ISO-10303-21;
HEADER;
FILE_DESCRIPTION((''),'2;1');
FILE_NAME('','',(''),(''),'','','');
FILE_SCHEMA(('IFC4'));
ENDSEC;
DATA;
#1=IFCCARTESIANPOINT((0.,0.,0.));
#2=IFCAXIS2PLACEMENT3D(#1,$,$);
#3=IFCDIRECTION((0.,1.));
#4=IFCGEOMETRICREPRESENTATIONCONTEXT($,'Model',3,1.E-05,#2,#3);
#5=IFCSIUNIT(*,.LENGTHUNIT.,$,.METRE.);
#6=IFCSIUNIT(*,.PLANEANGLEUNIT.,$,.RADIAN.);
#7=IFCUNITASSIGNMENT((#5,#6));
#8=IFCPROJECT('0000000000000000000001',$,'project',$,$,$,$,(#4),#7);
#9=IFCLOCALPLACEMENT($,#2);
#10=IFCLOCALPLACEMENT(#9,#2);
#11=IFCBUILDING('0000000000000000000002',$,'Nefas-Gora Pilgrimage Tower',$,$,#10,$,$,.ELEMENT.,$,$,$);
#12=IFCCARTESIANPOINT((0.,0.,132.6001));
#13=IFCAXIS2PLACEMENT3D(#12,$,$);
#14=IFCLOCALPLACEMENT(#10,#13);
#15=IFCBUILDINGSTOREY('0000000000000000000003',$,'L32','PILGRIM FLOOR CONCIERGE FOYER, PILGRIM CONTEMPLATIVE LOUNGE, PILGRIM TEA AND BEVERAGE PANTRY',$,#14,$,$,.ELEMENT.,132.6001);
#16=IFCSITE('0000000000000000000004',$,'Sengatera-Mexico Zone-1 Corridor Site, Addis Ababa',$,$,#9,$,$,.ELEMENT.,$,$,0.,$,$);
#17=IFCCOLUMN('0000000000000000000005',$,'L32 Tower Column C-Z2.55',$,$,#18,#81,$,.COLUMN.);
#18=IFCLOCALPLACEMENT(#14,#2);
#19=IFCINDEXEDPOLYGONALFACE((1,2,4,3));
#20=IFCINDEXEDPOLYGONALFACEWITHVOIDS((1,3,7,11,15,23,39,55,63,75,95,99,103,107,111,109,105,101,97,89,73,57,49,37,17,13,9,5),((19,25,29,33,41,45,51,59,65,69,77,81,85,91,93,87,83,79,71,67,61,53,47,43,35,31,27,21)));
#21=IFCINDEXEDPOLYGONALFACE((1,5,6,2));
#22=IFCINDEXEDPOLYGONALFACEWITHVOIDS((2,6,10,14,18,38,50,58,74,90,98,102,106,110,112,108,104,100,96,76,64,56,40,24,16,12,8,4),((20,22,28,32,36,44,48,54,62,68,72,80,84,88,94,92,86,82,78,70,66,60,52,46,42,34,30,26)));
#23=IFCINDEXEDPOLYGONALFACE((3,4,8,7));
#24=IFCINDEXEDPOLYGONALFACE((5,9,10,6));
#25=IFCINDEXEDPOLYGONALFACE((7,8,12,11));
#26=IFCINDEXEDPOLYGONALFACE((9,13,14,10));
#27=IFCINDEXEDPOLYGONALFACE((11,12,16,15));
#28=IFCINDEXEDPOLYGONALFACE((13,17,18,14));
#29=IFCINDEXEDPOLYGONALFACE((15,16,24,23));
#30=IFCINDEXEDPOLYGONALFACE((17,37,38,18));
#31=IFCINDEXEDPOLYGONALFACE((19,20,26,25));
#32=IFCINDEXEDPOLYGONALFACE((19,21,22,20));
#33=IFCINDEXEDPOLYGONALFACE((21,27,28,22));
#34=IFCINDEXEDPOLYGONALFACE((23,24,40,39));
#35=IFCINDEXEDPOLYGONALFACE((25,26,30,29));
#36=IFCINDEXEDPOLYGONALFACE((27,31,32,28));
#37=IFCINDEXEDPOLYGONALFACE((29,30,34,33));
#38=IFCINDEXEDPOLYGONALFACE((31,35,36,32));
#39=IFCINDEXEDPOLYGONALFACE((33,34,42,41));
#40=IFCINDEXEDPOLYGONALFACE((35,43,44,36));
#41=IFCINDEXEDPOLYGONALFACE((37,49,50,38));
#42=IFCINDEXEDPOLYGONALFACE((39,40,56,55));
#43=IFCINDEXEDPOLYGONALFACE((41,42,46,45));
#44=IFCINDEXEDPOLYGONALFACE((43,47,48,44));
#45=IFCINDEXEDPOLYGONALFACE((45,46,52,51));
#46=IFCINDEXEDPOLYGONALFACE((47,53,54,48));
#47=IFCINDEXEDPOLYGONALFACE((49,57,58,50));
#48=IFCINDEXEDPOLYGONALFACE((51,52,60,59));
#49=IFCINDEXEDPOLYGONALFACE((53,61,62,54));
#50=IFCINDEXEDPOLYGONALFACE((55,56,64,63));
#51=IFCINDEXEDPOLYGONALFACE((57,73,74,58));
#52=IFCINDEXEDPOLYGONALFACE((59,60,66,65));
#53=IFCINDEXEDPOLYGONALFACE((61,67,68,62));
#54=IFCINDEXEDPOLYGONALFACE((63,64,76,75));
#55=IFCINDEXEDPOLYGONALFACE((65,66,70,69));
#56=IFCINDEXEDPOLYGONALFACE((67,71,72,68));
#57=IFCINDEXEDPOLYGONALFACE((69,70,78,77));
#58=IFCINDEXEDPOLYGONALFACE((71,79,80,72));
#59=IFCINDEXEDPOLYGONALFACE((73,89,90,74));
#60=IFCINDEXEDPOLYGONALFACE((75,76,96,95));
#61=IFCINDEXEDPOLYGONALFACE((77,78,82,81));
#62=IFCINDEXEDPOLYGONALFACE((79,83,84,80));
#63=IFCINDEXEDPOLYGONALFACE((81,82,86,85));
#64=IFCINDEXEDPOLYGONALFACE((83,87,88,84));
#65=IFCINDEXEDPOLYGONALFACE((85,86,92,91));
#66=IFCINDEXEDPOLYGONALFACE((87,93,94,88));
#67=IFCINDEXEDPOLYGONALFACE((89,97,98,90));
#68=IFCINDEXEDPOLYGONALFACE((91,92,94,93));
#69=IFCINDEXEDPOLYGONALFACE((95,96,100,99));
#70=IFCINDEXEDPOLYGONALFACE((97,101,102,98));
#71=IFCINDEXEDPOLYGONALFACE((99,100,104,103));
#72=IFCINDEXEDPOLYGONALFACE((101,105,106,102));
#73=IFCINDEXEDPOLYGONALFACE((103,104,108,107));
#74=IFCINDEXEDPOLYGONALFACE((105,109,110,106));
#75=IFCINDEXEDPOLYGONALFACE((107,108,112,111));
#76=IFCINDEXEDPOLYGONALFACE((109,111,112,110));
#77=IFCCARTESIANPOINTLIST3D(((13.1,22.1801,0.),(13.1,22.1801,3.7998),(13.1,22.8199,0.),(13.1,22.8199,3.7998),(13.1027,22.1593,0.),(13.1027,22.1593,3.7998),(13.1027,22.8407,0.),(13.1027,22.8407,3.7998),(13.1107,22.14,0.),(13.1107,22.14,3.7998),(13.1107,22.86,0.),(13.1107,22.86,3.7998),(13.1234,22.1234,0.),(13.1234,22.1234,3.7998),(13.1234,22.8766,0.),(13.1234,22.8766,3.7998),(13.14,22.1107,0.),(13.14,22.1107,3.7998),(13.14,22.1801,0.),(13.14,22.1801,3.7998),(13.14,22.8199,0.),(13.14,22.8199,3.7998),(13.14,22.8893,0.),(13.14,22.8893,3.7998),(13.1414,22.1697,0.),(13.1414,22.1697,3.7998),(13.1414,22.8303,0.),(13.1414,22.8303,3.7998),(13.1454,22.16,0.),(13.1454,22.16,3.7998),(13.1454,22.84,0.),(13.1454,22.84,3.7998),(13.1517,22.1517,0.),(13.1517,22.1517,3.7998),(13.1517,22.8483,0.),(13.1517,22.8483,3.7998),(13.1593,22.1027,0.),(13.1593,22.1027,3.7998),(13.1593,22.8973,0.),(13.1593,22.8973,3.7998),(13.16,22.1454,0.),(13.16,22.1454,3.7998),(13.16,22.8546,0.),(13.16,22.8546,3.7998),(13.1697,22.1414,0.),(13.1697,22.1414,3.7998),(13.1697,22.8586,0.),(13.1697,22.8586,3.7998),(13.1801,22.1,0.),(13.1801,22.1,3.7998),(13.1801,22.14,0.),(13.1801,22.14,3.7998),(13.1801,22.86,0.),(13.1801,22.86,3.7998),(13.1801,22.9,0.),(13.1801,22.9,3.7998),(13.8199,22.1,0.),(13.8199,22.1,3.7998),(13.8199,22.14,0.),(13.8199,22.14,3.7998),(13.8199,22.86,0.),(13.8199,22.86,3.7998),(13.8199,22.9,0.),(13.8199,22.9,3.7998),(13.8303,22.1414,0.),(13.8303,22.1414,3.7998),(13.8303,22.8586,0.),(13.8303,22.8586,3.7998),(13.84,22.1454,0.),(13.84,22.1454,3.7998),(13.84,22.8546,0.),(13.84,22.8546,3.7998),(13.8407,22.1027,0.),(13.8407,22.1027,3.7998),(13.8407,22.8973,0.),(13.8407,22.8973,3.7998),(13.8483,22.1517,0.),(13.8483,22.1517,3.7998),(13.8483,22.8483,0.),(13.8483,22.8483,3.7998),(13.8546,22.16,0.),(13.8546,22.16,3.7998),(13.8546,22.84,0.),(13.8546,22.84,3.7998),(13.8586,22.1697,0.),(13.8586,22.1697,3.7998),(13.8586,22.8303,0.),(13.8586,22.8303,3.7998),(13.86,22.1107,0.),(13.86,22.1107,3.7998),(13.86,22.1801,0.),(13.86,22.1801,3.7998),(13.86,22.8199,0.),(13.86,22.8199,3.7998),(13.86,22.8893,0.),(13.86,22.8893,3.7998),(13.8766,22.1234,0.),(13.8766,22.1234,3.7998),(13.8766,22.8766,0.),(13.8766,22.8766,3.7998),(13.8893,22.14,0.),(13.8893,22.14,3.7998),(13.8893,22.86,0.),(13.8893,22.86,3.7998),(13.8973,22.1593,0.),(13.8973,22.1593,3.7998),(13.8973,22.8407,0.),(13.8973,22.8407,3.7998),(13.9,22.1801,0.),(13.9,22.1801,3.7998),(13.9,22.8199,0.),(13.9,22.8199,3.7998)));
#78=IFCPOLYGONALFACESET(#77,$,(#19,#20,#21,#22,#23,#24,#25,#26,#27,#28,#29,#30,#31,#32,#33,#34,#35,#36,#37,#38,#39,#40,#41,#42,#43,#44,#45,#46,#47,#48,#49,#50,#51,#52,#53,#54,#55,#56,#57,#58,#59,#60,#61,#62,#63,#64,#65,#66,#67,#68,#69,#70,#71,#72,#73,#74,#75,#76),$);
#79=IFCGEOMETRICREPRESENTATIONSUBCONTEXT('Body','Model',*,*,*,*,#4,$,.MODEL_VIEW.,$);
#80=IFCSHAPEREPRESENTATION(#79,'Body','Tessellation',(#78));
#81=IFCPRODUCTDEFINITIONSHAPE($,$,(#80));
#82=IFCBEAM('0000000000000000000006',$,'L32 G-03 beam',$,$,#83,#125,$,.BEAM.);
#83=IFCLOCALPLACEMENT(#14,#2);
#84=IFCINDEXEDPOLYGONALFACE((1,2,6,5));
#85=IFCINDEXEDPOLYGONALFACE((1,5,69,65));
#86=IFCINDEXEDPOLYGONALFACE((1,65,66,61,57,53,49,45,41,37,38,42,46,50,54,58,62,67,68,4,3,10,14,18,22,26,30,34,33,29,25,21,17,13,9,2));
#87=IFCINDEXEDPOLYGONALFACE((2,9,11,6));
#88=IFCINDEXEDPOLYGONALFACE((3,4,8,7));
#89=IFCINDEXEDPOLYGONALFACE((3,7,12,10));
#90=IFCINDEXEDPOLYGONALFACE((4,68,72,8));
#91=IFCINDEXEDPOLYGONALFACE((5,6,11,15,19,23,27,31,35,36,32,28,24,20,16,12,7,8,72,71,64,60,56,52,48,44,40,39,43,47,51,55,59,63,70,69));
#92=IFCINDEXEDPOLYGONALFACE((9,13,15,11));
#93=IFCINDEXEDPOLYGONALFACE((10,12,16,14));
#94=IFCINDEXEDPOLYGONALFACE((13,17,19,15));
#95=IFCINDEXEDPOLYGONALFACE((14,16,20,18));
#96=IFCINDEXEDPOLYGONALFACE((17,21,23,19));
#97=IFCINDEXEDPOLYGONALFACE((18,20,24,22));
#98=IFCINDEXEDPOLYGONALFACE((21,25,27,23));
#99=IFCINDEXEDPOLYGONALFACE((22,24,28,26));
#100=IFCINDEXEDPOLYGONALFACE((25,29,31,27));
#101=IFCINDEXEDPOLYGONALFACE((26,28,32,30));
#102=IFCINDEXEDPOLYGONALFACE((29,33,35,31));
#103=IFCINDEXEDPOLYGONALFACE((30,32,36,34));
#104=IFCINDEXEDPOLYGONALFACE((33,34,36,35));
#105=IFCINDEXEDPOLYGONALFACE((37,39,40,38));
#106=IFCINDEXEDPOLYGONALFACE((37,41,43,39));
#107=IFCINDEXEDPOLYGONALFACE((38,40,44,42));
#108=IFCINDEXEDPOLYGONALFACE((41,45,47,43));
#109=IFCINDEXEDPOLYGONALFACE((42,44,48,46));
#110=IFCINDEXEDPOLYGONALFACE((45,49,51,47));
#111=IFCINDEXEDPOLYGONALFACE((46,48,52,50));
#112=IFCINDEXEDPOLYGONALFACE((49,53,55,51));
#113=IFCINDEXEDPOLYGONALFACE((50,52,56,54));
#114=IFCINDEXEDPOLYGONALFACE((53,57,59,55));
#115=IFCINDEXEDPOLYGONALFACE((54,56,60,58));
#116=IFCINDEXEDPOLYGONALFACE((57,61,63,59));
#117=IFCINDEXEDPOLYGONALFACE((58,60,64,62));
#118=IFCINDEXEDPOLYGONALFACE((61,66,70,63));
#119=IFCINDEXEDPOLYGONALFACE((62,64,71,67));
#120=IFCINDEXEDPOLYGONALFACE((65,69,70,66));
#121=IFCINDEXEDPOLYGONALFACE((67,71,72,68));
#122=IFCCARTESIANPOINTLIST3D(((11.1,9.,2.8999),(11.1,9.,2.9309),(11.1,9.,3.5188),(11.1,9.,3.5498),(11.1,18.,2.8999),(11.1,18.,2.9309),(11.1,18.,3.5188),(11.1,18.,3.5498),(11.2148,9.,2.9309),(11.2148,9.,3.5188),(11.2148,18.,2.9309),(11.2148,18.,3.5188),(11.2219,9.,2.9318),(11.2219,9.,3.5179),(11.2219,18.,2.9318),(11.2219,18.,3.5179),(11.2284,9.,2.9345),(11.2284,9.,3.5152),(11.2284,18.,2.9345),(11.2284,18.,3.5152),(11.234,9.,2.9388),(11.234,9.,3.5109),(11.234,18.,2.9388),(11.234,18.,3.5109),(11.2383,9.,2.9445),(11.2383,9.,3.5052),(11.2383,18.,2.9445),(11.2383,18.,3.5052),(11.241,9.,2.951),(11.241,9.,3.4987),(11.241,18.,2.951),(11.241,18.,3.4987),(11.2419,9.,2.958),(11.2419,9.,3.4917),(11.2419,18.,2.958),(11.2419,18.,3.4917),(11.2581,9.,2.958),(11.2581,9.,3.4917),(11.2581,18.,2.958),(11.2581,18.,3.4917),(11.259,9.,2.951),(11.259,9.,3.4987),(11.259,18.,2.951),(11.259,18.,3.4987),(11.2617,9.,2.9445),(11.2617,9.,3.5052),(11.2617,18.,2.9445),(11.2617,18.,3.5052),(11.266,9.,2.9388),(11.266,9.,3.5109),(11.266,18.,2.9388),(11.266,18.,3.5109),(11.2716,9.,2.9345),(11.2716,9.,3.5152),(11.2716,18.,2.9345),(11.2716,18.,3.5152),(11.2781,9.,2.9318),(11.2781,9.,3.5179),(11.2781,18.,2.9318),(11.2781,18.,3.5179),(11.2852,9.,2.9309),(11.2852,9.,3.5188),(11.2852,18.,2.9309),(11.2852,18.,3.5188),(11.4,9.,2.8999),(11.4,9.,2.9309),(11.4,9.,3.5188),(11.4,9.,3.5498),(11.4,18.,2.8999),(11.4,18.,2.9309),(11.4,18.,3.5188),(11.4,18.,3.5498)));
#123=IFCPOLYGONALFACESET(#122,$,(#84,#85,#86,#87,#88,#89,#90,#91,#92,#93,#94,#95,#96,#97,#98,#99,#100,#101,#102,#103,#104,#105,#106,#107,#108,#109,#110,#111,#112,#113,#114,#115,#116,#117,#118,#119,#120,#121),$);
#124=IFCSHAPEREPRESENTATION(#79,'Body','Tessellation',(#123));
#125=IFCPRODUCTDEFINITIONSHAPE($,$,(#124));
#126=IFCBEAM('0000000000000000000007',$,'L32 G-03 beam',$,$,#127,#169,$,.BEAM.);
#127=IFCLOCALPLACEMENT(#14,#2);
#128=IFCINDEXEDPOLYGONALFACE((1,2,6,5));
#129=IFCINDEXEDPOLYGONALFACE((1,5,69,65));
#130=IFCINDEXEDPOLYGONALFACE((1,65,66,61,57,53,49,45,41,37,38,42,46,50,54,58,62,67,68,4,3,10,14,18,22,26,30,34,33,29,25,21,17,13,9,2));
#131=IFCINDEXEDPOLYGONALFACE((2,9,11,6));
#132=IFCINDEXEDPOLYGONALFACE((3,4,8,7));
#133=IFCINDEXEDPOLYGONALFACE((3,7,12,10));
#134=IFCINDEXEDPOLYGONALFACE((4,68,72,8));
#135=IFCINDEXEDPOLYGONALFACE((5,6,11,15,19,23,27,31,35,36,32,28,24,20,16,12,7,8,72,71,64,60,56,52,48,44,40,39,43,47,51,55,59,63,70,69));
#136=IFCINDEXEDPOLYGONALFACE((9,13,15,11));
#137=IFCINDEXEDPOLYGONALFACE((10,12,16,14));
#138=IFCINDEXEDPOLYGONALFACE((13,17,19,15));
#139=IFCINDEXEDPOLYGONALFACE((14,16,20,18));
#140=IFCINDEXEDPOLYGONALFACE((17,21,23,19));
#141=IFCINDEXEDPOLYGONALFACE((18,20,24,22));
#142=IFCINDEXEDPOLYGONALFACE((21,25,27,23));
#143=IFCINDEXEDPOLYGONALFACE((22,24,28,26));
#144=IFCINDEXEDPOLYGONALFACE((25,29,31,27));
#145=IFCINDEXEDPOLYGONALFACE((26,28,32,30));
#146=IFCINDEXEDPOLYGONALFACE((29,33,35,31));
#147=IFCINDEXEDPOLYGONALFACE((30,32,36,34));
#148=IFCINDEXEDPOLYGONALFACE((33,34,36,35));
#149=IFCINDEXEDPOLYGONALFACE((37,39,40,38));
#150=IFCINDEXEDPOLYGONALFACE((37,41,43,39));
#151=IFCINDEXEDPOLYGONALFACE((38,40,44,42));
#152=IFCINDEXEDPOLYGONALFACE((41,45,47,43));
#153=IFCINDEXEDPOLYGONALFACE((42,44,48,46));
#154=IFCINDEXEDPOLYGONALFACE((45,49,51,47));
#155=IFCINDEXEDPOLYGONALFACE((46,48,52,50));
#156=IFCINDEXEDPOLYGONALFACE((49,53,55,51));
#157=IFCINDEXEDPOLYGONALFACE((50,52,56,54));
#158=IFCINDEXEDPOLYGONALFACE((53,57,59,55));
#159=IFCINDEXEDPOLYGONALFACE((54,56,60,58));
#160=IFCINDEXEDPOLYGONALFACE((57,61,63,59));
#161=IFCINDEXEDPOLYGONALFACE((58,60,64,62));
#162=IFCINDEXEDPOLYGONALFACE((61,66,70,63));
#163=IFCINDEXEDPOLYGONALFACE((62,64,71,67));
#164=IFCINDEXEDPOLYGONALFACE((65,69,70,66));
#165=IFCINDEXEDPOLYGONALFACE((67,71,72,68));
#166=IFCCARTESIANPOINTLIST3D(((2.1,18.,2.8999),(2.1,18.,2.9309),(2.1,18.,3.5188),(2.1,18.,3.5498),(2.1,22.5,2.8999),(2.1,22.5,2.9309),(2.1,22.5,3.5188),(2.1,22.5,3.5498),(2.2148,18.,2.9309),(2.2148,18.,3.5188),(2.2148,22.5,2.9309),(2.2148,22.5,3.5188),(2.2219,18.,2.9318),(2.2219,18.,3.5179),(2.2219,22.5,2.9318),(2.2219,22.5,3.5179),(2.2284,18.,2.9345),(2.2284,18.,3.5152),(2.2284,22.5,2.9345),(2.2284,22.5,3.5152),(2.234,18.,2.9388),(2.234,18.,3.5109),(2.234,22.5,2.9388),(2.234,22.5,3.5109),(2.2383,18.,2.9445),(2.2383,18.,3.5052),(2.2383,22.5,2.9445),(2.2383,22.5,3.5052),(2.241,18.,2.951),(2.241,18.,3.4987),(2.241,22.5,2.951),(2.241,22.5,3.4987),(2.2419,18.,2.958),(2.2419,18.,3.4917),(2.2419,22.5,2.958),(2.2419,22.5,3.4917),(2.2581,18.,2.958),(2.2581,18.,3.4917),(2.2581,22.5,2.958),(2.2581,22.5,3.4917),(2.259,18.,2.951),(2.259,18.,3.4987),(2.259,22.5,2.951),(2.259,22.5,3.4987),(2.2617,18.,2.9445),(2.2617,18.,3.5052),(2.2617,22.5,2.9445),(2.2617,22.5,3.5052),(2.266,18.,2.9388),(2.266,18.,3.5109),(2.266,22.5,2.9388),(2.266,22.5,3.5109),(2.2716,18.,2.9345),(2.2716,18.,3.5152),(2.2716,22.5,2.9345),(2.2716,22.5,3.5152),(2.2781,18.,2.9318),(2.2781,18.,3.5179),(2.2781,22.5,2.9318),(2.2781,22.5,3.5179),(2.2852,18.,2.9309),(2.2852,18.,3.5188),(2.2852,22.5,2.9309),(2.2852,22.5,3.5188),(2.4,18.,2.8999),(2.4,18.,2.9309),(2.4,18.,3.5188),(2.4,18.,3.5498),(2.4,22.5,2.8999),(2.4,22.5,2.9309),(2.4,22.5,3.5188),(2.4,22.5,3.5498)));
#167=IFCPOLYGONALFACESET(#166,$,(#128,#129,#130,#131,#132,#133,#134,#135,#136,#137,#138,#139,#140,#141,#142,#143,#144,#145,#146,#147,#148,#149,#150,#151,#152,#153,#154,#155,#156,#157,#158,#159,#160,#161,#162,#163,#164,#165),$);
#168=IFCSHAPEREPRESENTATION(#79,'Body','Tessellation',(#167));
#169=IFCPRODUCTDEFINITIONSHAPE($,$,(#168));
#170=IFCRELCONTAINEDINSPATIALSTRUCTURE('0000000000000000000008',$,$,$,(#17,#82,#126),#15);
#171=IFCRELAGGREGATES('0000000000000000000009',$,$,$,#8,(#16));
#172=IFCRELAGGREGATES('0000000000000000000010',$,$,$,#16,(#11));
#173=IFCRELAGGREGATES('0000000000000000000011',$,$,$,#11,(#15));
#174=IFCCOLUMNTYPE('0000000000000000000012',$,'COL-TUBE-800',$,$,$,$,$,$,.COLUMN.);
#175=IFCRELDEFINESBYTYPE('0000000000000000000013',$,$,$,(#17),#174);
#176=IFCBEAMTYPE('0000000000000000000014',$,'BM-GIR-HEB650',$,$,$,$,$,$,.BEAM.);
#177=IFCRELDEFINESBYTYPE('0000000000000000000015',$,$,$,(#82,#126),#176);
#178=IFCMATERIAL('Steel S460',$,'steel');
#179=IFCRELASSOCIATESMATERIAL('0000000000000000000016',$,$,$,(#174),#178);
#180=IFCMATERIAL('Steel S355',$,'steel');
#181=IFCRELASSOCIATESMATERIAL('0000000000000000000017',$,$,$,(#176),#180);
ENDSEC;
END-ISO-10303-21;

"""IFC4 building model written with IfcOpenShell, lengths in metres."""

from ifc_helpers import new_model, si_unit, direction, frame, origin, origin_2d, place, context, subcontext, project, spatial, hollow_rectangle, i_section, extrude, source, transform, mapped, material, material_profile, profile_set, type_object, element, save


model = new_model("IFC4")

# Units and contexts
model_context = context("Model", 3, precision=1e-05, world=origin(), true_north=direction((0.0, 1.0)))
body_context = subcontext(model_context, "Body", "Model", "MODEL_VIEW")
ifc_project = project(units=[si_unit("LENGTHUNIT", "METRE"), si_unit("PLANEANGLEUNIT", "RADIAN")], contexts=[model_context])

# Site, building, storey
site_placement = place(None, origin())
site = spatial("IfcSite", under=ifc_project, at=site_placement, Name="Sengatera-Mexico Zone-1 Corridor Site, Addis Ababa", CompositionType="ELEMENT", RefElevation=0.0)
building_placement = place(site_placement, origin())
building = spatial("IfcBuilding", under=site, at=building_placement, Name="Nefas-Gora Pilgrimage Tower", CompositionType="ELEMENT")
storey_placement = place(building_placement, frame((0.0, 0.0, 132.6001)))
storey = spatial("IfcBuildingStorey", under=building, at=storey_placement, Name="L32", Description="PILGRIM FLOOR CONCIERGE FOYER, PILGRIM CONTEMPLATIVE LOUNGE, PILGRIM TEA AND BEVERAGE PANTRY", CompositionType="ELEMENT", Elevation=132.6001)

# Column
ifc_material_1 = material(Name="Steel S460", Category="steel")
ifc_material_profile_1 = material_profile(ifc_material_1, hollow_rectangle(XDim=0.8, YDim=0.8, WallThickness=0.04, InnerFilletRadius=0.04, OuterFilletRadius=0.0801, at=origin_2d()), Name="BOX 800x800x40")
ifc_profile_set_1 = profile_set([ifc_material_profile_1], Name="Steel S460")
column_type_1 = type_object("IfcColumnType", Name="COL-TUBE-800", PredefinedType="COLUMN", material=ifc_profile_set_1)
shared_shape_1 = source(origin(), body_context, "Body", "SweptSolid", [
    extrude(hollow_rectangle(XDim=0.8, YDim=0.8, WallThickness=0.04, InnerFilletRadius=0.04, OuterFilletRadius=0.0801, at=origin_2d()), origin(), (0.0, 0.0, 1.0), 3.7998),
])
for number, where, z_axis, x_axis, name in (
    (1, (13.5, 22.5, 0.0), (0.0, 0.0, 1.0), (1.0, 0.0, 0.0), "L32 Tower Column C-Z2.55"),
):
    element("IfcColumn", number, at=place(storey_placement, frame(where, z_axis=z_axis, x_axis=x_axis)), inside=storey, type_object=column_type_1, Name=name, PredefinedType="COLUMN", context=body_context, shape_type="MappedRepresentation", body=[
        mapped(shared_shape_1, transform((0.0, 0.0, 0.0), x_axis=(1.0, 0.0, 0.0), y_axis=(0.0, 1.0, 0.0), z_axis=(0.0, 0.0, 1.0), scale=1.0)),
    ])

# Beams
ifc_material_2 = material(Name="Steel S355", Category="steel")
ifc_material_profile_2 = material_profile(ifc_material_2, i_section(OverallWidth=0.3, OverallDepth=0.6499, WebThickness=0.0161, FlangeThickness=0.031, FilletRadius=0.0271, at=origin_2d()), Name="HEB 650")
ifc_profile_set_2 = profile_set([ifc_material_profile_2], Name="Steel S355")
beam_type_1 = type_object("IfcBeamType", Name="BM-GIR-HEB650", PredefinedType="BEAM", material=ifc_profile_set_2)
shared_shape_2 = source(origin(), body_context, "Body", "SweptSolid", [
    extrude(i_section(OverallWidth=0.3, OverallDepth=0.6499, WebThickness=0.0161, FlangeThickness=0.031, FilletRadius=0.0271, at=origin_2d()), origin(), (0.0, 0.0, 1.0), 9.0),
])
beam_1_placement = place(storey_placement, frame((11.25, 9.0, 3.2249), z_axis=(0.0, 1.0, 0.0), x_axis=(-1.0, 0.0, 0.0)))
element("IfcBeam", 2, at=beam_1_placement, inside=storey, type_object=beam_type_1, Name="L32 G-03 beam", PredefinedType="BEAM", context=body_context, shape_type="MappedRepresentation", body=[
    mapped(shared_shape_2, transform((0.0, 0.0, 0.0), x_axis=(1.0, 0.0, 0.0), y_axis=(0.0, 1.0, 0.0), z_axis=(0.0, 0.0, 1.0), scale=1.0)),
])
shared_shape_3 = source(origin(), body_context, "Body", "SweptSolid", [
    extrude(i_section(OverallWidth=0.3, OverallDepth=0.6499, WebThickness=0.0161, FlangeThickness=0.031, FilletRadius=0.0271, at=origin_2d()), origin(), (0.0, 0.0, 1.0), 4.5),
])
for number, where, z_axis, x_axis, name in (
    (3, (2.25, 18.0, 3.2249), (0.0, 1.0, 0.0), (-1.0, 0.0, 0.0), "L32 G-03 beam"),
):
    element("IfcBeam", number, at=place(storey_placement, frame(where, z_axis=z_axis, x_axis=x_axis)), inside=storey, type_object=beam_type_1, Name=name, PredefinedType="BEAM", context=body_context, shape_type="MappedRepresentation", body=[
        mapped(shared_shape_3, transform((0.0, 0.0, 0.0), x_axis=(1.0, 0.0, 0.0), y_axis=(0.0, 1.0, 0.0), z_axis=(0.0, 0.0, 1.0), scale=1.0)),
    ])

save(model, "model.ifc")
